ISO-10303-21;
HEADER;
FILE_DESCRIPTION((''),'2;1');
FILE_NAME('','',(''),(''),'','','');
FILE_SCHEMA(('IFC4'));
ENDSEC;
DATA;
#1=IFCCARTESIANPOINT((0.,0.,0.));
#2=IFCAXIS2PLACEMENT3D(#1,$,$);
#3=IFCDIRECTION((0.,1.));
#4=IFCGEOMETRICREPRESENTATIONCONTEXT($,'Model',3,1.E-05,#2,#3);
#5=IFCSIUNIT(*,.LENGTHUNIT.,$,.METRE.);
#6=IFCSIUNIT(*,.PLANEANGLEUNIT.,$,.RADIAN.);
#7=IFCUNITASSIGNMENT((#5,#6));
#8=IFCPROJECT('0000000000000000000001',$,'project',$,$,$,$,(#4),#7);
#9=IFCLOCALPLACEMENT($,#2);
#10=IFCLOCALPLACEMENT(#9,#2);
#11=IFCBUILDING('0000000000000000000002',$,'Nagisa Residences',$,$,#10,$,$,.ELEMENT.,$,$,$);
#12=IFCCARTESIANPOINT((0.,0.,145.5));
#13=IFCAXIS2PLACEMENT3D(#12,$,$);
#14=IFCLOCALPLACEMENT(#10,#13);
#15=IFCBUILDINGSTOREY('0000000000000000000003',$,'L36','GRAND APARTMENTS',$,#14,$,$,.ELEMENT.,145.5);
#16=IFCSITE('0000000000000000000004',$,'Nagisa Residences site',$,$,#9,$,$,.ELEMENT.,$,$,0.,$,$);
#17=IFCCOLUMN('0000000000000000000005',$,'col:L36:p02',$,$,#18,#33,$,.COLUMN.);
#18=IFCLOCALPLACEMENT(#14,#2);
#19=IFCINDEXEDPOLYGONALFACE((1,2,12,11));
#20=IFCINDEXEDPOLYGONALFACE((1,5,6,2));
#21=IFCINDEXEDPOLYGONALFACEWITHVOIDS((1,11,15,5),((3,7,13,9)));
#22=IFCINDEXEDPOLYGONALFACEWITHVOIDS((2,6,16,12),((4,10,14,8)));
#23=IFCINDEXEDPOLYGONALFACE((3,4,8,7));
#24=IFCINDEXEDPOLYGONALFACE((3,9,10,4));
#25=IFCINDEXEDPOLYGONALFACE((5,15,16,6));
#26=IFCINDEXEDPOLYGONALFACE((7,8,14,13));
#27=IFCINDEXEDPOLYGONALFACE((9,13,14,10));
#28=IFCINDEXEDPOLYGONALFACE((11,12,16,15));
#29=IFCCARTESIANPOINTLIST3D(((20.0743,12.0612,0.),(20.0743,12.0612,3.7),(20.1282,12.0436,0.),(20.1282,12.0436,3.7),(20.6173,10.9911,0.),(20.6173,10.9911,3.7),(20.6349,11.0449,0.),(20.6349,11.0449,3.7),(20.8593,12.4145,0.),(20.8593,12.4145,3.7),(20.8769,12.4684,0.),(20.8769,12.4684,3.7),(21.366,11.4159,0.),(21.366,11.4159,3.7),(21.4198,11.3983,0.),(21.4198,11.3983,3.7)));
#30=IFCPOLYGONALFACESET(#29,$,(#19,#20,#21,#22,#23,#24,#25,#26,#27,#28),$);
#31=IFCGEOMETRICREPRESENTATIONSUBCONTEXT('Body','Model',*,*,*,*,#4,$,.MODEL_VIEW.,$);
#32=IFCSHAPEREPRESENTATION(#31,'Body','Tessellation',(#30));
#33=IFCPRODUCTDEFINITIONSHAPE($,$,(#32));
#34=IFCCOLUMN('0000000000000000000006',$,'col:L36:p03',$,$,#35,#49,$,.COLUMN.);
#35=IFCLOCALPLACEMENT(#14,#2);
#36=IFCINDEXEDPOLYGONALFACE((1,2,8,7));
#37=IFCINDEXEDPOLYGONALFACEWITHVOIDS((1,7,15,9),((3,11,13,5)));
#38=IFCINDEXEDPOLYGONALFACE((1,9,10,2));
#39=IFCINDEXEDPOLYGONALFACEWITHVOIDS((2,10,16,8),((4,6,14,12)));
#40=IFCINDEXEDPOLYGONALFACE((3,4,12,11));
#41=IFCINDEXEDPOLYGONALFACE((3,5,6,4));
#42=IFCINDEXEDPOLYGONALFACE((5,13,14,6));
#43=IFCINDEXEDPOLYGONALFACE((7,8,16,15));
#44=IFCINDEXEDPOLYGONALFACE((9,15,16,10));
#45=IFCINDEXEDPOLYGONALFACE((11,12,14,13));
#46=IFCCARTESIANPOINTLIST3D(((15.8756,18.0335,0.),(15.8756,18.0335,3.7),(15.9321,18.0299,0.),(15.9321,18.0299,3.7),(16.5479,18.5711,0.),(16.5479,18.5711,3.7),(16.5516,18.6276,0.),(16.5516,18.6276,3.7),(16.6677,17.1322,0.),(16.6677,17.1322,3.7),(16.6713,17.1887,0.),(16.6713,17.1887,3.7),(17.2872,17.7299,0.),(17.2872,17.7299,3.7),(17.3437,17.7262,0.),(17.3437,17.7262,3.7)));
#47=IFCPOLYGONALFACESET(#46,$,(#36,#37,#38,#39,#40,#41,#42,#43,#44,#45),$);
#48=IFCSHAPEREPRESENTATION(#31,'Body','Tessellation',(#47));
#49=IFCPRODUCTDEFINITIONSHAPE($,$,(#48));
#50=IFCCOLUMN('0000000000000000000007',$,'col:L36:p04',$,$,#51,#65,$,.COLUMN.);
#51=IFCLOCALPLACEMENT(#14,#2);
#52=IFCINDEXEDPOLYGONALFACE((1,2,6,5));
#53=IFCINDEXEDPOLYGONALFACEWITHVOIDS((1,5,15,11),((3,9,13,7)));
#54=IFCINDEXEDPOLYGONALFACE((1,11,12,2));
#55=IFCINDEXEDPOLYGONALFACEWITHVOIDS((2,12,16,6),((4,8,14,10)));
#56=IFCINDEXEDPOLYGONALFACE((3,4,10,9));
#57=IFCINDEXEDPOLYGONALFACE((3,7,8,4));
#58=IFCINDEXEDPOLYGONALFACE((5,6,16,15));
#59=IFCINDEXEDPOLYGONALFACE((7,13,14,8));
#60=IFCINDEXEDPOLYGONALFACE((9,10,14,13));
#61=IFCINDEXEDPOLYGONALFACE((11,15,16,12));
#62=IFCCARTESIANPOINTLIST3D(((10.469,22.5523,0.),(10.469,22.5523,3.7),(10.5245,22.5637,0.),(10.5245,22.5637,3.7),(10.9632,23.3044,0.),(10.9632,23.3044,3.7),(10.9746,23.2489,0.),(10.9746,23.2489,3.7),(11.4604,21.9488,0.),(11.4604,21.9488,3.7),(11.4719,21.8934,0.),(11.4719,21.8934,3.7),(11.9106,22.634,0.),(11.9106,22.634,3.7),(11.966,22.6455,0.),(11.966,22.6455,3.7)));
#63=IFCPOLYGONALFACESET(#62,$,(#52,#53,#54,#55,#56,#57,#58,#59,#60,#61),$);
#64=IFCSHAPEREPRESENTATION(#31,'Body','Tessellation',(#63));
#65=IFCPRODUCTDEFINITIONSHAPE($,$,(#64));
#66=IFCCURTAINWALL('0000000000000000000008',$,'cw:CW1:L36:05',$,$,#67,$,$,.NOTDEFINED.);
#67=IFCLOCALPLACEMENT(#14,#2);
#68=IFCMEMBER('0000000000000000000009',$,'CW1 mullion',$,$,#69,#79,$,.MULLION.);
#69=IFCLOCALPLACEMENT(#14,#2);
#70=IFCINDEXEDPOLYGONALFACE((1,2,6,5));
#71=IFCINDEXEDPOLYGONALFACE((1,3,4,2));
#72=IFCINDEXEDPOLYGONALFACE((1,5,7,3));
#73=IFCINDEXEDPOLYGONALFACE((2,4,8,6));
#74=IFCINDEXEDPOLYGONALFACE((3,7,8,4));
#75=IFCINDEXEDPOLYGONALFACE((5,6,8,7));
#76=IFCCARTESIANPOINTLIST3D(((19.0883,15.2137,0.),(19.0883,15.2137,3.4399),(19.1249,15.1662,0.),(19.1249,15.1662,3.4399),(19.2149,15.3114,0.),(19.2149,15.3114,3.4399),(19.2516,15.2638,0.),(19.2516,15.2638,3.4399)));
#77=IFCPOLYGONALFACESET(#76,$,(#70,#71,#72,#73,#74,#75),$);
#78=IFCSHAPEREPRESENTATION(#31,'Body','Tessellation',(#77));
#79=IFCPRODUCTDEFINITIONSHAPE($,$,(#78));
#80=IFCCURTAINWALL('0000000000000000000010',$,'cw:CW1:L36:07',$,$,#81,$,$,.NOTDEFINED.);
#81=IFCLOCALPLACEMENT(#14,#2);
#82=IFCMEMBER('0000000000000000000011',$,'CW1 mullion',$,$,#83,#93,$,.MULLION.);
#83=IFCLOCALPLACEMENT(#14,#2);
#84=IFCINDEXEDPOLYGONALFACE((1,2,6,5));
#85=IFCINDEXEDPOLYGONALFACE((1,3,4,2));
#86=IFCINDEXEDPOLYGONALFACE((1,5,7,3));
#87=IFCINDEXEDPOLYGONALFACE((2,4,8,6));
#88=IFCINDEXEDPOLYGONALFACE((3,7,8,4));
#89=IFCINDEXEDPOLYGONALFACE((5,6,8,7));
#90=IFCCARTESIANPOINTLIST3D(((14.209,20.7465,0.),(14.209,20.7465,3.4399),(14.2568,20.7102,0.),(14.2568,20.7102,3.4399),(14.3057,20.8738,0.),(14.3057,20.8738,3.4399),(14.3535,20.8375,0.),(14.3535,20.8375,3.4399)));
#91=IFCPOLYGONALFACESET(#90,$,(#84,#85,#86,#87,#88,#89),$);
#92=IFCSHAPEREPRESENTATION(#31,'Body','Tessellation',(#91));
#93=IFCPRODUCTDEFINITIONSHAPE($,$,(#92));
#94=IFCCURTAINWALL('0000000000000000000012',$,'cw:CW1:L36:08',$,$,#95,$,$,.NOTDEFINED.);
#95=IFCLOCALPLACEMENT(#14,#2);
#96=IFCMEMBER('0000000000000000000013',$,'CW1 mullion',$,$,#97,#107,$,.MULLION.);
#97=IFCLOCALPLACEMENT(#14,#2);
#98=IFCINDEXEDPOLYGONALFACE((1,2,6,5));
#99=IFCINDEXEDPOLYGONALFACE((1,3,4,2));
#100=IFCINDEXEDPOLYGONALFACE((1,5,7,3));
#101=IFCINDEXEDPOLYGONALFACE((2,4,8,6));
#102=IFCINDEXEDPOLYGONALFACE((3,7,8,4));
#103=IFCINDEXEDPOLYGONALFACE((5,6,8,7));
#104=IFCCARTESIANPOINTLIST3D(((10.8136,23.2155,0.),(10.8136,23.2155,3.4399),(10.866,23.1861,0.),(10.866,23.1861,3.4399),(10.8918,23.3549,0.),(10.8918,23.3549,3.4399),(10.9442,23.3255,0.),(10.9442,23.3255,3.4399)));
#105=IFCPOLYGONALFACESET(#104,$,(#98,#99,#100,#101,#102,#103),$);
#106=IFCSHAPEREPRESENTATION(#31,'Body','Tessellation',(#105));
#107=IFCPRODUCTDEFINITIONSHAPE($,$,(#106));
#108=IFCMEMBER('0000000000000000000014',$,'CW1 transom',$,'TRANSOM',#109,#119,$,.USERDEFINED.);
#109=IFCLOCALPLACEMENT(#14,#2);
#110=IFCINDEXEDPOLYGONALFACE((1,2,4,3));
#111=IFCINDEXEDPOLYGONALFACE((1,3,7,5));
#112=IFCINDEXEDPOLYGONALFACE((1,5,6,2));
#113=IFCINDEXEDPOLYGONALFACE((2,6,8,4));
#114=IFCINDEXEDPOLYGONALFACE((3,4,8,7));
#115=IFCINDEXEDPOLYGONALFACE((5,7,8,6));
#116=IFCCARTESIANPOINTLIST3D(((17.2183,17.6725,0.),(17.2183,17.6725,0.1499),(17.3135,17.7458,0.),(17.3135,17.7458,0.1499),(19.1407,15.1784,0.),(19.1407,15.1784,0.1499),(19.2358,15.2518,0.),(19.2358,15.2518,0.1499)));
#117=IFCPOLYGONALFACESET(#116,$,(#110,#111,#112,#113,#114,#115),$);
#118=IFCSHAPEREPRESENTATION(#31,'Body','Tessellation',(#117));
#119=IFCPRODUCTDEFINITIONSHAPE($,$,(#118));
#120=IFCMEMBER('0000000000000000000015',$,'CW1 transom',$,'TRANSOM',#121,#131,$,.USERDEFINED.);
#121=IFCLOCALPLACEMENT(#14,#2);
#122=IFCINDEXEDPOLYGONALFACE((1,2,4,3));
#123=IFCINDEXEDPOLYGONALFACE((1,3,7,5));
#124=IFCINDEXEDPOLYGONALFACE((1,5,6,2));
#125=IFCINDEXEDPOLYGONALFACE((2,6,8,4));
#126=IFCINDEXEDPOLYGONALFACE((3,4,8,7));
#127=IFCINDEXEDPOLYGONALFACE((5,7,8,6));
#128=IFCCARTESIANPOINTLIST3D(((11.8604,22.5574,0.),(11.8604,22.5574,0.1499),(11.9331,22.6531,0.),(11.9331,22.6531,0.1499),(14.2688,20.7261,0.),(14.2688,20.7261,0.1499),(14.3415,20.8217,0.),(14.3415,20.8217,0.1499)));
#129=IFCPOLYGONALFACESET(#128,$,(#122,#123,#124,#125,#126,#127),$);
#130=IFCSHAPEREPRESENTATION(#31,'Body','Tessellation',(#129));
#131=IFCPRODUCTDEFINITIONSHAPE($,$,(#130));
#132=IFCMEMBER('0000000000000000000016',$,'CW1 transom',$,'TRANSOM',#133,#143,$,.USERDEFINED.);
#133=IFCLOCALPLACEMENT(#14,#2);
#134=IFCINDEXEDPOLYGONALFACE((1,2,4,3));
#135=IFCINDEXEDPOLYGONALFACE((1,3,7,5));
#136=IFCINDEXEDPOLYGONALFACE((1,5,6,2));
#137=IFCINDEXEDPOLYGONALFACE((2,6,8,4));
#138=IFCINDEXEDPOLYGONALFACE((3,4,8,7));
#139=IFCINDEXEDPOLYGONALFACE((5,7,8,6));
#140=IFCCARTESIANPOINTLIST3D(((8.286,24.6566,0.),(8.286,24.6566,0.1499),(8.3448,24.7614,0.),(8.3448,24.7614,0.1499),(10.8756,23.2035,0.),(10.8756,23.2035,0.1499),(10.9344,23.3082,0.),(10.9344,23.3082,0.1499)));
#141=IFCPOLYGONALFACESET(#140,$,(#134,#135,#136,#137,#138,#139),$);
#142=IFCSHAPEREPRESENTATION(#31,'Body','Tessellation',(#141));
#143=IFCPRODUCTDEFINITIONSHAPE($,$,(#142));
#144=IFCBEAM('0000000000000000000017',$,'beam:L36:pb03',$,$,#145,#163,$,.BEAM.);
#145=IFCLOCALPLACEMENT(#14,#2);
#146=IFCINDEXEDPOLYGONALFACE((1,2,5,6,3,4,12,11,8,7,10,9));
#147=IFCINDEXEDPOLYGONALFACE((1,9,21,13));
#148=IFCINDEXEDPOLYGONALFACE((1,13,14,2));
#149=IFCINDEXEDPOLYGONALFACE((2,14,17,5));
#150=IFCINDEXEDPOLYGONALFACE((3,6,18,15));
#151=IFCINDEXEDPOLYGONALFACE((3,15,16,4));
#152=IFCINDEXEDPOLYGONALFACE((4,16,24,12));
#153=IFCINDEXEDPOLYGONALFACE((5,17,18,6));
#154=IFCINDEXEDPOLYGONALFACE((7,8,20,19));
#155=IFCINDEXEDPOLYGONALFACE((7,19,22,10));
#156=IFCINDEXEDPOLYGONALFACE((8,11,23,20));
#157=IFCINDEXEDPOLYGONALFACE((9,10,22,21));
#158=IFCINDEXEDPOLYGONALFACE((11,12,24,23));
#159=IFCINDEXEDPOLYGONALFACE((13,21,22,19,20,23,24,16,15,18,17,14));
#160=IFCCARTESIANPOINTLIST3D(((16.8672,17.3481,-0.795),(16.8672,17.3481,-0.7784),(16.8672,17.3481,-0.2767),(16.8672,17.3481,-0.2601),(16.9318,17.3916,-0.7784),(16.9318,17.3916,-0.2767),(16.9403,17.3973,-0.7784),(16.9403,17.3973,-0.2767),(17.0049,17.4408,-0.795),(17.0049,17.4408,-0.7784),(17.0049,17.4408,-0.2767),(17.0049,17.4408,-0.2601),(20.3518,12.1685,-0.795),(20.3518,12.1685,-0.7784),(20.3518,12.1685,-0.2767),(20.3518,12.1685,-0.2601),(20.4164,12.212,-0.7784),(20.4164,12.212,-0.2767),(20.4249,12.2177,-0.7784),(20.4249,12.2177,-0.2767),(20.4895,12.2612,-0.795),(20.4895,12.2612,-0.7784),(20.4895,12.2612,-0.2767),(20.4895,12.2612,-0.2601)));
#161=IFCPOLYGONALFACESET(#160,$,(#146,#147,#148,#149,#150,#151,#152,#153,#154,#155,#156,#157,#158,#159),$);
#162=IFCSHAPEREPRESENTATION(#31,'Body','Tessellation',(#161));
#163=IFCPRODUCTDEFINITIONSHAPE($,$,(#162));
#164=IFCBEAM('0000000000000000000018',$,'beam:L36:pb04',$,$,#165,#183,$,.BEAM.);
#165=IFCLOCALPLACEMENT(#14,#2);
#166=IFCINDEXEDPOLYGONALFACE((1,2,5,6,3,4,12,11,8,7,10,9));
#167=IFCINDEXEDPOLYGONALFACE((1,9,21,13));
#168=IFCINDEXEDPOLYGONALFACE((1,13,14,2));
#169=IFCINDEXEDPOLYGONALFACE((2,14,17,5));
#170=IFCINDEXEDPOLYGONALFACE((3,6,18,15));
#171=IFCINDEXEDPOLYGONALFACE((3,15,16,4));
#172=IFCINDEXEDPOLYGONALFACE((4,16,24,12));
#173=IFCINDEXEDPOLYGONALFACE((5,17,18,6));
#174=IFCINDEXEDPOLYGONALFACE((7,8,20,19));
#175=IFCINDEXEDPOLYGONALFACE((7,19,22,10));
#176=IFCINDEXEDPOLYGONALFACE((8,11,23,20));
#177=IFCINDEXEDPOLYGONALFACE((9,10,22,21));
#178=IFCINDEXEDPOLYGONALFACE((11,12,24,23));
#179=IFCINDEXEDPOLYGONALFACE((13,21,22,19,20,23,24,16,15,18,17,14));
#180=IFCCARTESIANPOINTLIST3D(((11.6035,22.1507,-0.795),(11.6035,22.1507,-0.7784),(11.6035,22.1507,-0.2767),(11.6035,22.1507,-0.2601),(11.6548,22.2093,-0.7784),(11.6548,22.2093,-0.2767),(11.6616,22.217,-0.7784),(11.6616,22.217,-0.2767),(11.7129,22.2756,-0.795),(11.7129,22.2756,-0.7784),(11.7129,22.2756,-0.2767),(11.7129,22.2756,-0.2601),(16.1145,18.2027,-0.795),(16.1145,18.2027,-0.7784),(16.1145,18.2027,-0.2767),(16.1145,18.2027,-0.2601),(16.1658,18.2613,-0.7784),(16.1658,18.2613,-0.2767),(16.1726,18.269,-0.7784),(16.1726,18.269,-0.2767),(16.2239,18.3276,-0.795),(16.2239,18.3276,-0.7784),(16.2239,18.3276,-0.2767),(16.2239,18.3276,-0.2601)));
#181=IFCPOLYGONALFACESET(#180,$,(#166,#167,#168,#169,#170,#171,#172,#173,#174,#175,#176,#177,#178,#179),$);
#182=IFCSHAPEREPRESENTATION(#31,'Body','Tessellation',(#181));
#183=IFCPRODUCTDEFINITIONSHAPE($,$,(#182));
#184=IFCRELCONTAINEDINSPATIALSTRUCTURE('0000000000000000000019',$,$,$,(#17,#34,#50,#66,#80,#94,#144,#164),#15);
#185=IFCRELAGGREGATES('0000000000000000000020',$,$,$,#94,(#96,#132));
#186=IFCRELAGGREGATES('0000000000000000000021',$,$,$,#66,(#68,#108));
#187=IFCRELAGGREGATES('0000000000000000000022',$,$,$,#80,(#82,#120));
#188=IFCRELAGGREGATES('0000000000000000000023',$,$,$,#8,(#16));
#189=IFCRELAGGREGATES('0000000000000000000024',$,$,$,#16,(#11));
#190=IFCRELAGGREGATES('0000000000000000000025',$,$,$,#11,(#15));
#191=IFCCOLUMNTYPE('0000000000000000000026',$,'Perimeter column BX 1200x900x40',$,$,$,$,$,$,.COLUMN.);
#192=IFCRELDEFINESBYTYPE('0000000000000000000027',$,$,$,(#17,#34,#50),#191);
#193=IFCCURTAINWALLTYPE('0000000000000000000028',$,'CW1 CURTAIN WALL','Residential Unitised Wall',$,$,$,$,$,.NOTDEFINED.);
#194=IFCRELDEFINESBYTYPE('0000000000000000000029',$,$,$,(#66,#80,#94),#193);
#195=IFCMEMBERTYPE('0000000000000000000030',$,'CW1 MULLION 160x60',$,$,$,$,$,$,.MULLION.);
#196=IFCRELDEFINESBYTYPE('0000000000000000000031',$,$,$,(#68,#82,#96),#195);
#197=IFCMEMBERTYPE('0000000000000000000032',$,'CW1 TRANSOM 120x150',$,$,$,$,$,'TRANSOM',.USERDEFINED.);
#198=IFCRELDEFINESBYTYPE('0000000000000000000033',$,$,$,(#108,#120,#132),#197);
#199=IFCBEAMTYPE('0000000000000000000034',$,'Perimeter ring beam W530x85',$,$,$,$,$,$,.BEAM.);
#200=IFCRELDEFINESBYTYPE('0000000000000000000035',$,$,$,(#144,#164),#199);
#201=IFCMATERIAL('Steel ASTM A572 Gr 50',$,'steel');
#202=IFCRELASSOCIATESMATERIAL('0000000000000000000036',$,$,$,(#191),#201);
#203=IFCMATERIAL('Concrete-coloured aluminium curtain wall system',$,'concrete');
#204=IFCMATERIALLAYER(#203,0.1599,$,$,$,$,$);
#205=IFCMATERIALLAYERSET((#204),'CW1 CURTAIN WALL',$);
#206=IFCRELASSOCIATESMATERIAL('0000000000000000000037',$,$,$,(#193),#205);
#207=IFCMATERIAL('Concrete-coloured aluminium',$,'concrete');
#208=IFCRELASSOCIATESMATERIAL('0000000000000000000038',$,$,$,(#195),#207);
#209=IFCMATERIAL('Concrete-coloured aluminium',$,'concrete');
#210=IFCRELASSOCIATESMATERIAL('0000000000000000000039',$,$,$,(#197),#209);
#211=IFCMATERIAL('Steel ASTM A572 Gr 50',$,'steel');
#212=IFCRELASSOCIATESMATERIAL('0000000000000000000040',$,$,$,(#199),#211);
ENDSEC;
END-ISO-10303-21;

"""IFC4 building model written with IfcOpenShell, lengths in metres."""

from ifc_helpers import new_model, si_unit, direction, frame, origin, origin_2d, place, context, subcontext, project, spatial, rectangle, hollow_rectangle, i_section, extrude, material, layer, layer_set, material_profile, profile_set, type_object, element, aggregate, save


model = new_model("IFC4")

# Units and contexts
model_context = context("Model", 3, precision=1e-05, world=origin(), true_north=direction((0.0, 1.0)))
body_context = subcontext(model_context, "Body", "Model", "MODEL_VIEW")
ifc_project = project(units=[si_unit("LENGTHUNIT", "METRE"), si_unit("PLANEANGLEUNIT", "RADIAN")], contexts=[model_context])

# Site, building, storey
site_placement = place(None, origin())
site = spatial("IfcSite", under=ifc_project, at=site_placement, Name="Nagisa Residences site", CompositionType="ELEMENT", RefElevation=0.0)
building_placement = place(site_placement, origin())
building = spatial("IfcBuilding", under=site, at=building_placement, Name="Nagisa Residences", CompositionType="ELEMENT")
storey_placement = place(building_placement, frame((0.0, 0.0, 145.5)))
storey = spatial("IfcBuildingStorey", under=building, at=storey_placement, Name="L36", Description="GRAND APARTMENTS", CompositionType="ELEMENT", Elevation=145.5)

# Columns
ifc_material_1 = material(Name="Steel ASTM A572 Gr 50", Category="steel")
ifc_material_profile_1 = material_profile(ifc_material_1, hollow_rectangle(XDim=1.2, YDim=0.8999, WallThickness=0.04, at=origin_2d()), Name="BX 1200x900x40")
ifc_profile_set_1 = profile_set([ifc_material_profile_1], Name="Steel ASTM A572 Gr 50")
column_type = type_object("IfcColumnType", Name="Perimeter column BX 1200x900x40", PredefinedType="COLUMN", material=ifc_profile_set_1)
for number, where, z_axis, x_axis, name in (
    (1, (20.7471, 11.7297, 0.0), (0.0, 0.0, 1.0), (-0.452463, 0.891783, 0.0), "col:L36:p02"),
    (2, (16.6096, 17.8799, 0.0), (0.0, 0.0, 1.0), (-0.660115, 0.751165, 0.0), "col:L36:p03"),
    (3, (11.2175, 22.5989, 0.0), (0.0, 0.0, 1.0), (-0.835766, 0.549086, 0.0), "col:L36:p04"),
):
    element("IfcColumn", number, at=place(storey_placement, frame(where, z_axis=z_axis, x_axis=x_axis)), inside=storey, type_object=column_type, Name=name, PredefinedType="COLUMN", context=body_context, shape_type="SweptSolid", body=[
        extrude(hollow_rectangle(XDim=1.2, YDim=0.8999, WallThickness=0.04, at=origin_2d()), origin(), (0.0, 0.0, 1.0), 3.7),
    ])

# Curtain walls, members
ifc_material_2 = material(Name="Concrete-coloured aluminium curtain wall system", Category="concrete")
ifc_layer_1 = layer(ifc_material_2, 0.1599)
ifc_layer_set_1 = layer_set([ifc_layer_1], Name="CW1 CURTAIN WALL")
curtain_wall_type = type_object("IfcCurtainWallType", Name="CW1 CURTAIN WALL", Description="Residential Unitised Wall", PredefinedType="NOTDEFINED", material=ifc_layer_set_1)
curtain_wall_1_placement = place(storey_placement, origin())
curtain_wall_1 = element("IfcCurtainWall", 4, at=curtain_wall_1_placement, inside=storey, type_object=curtain_wall_type, Name="cw:CW1:L36:05", PredefinedType="NOTDEFINED")
ifc_material_3 = material(Name="Concrete-coloured aluminium", Category="concrete")
ifc_material_profile_2 = material_profile(ifc_material_3, rectangle(XDim=0.1599, YDim=0.0601, at=origin_2d()), Name="CW1 MULLION 160x60")
ifc_profile_set_2 = profile_set([ifc_material_profile_2], Name="Concrete-coloured aluminium")
member_type_1 = type_object("IfcMemberType", Name="CW1 MULLION 160x60", PredefinedType="MULLION", material=ifc_profile_set_2)
member_1_placement = place(storey_placement, frame((19.1699, 15.2388, 0.0), z_axis=(0.0, 0.0, 1.0), x_axis=(-0.79207, -0.61043, 0.0)))
member_1 = element("IfcMember", 5, at=member_1_placement, type_object=member_type_1, Name="CW1 mullion", PredefinedType="MULLION", context=body_context, shape_type="SweptSolid", body=[
    extrude(rectangle(XDim=0.1599, YDim=0.0601, at=origin_2d()), origin(), (0.0, 0.0, 1.0), 3.4399),
])
curtain_wall_2_placement = place(storey_placement, origin())
curtain_wall_2 = element("IfcCurtainWall", 6, at=curtain_wall_2_placement, inside=storey, type_object=curtain_wall_type, Name="cw:CW1:L36:07", PredefinedType="NOTDEFINED")
member_2_placement = place(storey_placement, frame((14.2812, 20.792, 0.0), z_axis=(0.0, 0.0, 1.0), x_axis=(-0.605255, -0.796031, 0.0)))
member_2 = element("IfcMember", 7, at=member_2_placement, type_object=member_type_1, Name="CW1 mullion", PredefinedType="MULLION", context=body_context, shape_type="SweptSolid", body=[
    extrude(rectangle(XDim=0.1599, YDim=0.0601, at=origin_2d()), origin(), (0.0, 0.0, 1.0), 3.4399),
])
curtain_wall_3_placement = place(storey_placement, origin())
curtain_wall_3 = element("IfcCurtainWall", 8, at=curtain_wall_3_placement, inside=storey, type_object=curtain_wall_type, Name="cw:CW1:L36:08", PredefinedType="NOTDEFINED")
member_3_placement = place(storey_placement, frame((10.8789, 23.2705, 0.0), z_axis=(0.0, 0.0, 1.0), x_axis=(-0.489377, -0.872072, 0.0)))
member_3 = element("IfcMember", 9, at=member_3_placement, type_object=member_type_1, Name="CW1 mullion", PredefinedType="MULLION", context=body_context, shape_type="SweptSolid", body=[
    extrude(rectangle(XDim=0.1599, YDim=0.0601, at=origin_2d()), origin(), (0.0, 0.0, 1.0), 3.4399),
])

# Members
ifc_material_4 = material(Name="Concrete-coloured aluminium", Category="concrete")
ifc_material_profile_3 = material_profile(ifc_material_4, rectangle(XDim=0.1201, YDim=0.1499, at=origin_2d()), Name="CW1 TRANSOM 120x150")
ifc_profile_set_3 = profile_set([ifc_material_profile_3], Name="Concrete-coloured aluminium")
member_type_2 = type_object("IfcMemberType", Name="CW1 TRANSOM 120x150", ElementType="TRANSOM", PredefinedType="USERDEFINED", material=ifc_profile_set_3)
member_4_placement = place(storey_placement, frame((19.1882, 15.2151, 0.075), z_axis=(-0.610467, 0.792041, 0.0), x_axis=(-0.792041, -0.610467, 0.0)))
member_4 = element("IfcMember", 10, at=member_4_placement, type_object=member_type_2, Name="CW1 transom", ObjectType="TRANSOM", PredefinedType="USERDEFINED", context=body_context, shape_type="SweptSolid", body=[
    extrude(rectangle(XDim=0.1201, YDim=0.1499, at=origin_2d()), origin(), (0.0, 0.0, 1.0), 3.1489),
])
member_5_placement = place(storey_placement, frame((14.3052, 20.7739, 0.075), z_axis=(-0.796022, 0.605267, 0.0), x_axis=(-0.605267, -0.796022, 0.0)))
member_5 = element("IfcMember", 11, at=member_5_placement, type_object=member_type_2, Name="CW1 transom", ObjectType="TRANSOM", PredefinedType="USERDEFINED", context=body_context, shape_type="SweptSolid", body=[
    extrude(rectangle(XDim=0.1201, YDim=0.1499, at=origin_2d()), origin(), (0.0, 0.0, 1.0), 3.0256),
])
member_6_placement = place(storey_placement, frame((10.905, 23.2559, 0.075), z_axis=(-0.872082, 0.489359, 0.0), x_axis=(-0.489359, -0.872082, 0.0)))
member_6 = element("IfcMember", 12, at=member_6_placement, type_object=member_type_2, Name="CW1 transom", ObjectType="TRANSOM", PredefinedType="USERDEFINED", context=body_context, shape_type="SweptSolid", body=[
    extrude(rectangle(XDim=0.1201, YDim=0.1499, at=origin_2d()), origin(), (0.0, 0.0, 1.0), 2.9695),
])
aggregate(curtain_wall_3, [member_3, member_6])

# Beams
ifc_material_5 = material(Name="Steel ASTM A572 Gr 50", Category="steel")
ifc_material_profile_4 = material_profile(ifc_material_5, i_section(OverallWidth=0.166, OverallDepth=0.5349, WebThickness=0.0103, FlangeThickness=0.0166, at=origin_2d()), Name="W530x85")
ifc_profile_set_4 = profile_set([ifc_material_profile_4], Name="Steel ASTM A572 Gr 50")
beam_type_1 = type_object("IfcBeamType", Name="Perimeter ring beam W530x85", PredefinedType="BEAM", material=ifc_profile_set_4)
beam_1_placement = place(storey_placement, frame((20.4207, 12.2148, -0.5276), z_axis=(-0.558188, 0.829715, 0.0), x_axis=(-0.829715, -0.558188, 0.0)))
element("IfcBeam", 13, at=beam_1_placement, inside=storey, type_object=beam_type_1, Name="beam:L36:pb03", PredefinedType="BEAM", context=body_context, shape_type="SweptSolid", body=[
    extrude(i_section(OverallWidth=0.166, OverallDepth=0.5349, WebThickness=0.0103, FlangeThickness=0.0166, at=origin_2d()), origin(), (0.0, 0.0, 1.0), 6.2427),
])
beam_2_placement = place(storey_placement, frame((16.1692, 18.2651, -0.5276), z_axis=(-0.752504, 0.658588, 0.0), x_axis=(-0.658588, -0.752504, 0.0)))
element("IfcBeam", 14, at=beam_2_placement, inside=storey, type_object=beam_type_1, Name="beam:L36:pb04", PredefinedType="BEAM", context=body_context, shape_type="SweptSolid", body=[
    extrude(i_section(OverallWidth=0.166, OverallDepth=0.5349, WebThickness=0.0103, FlangeThickness=0.0166, at=origin_2d()), origin(), (0.0, 0.0, 1.0), 5.9946),
])

aggregate(curtain_wall_1, [member_1, member_4])
aggregate(curtain_wall_2, [member_2, member_5])

save(model, "model.ifc")
